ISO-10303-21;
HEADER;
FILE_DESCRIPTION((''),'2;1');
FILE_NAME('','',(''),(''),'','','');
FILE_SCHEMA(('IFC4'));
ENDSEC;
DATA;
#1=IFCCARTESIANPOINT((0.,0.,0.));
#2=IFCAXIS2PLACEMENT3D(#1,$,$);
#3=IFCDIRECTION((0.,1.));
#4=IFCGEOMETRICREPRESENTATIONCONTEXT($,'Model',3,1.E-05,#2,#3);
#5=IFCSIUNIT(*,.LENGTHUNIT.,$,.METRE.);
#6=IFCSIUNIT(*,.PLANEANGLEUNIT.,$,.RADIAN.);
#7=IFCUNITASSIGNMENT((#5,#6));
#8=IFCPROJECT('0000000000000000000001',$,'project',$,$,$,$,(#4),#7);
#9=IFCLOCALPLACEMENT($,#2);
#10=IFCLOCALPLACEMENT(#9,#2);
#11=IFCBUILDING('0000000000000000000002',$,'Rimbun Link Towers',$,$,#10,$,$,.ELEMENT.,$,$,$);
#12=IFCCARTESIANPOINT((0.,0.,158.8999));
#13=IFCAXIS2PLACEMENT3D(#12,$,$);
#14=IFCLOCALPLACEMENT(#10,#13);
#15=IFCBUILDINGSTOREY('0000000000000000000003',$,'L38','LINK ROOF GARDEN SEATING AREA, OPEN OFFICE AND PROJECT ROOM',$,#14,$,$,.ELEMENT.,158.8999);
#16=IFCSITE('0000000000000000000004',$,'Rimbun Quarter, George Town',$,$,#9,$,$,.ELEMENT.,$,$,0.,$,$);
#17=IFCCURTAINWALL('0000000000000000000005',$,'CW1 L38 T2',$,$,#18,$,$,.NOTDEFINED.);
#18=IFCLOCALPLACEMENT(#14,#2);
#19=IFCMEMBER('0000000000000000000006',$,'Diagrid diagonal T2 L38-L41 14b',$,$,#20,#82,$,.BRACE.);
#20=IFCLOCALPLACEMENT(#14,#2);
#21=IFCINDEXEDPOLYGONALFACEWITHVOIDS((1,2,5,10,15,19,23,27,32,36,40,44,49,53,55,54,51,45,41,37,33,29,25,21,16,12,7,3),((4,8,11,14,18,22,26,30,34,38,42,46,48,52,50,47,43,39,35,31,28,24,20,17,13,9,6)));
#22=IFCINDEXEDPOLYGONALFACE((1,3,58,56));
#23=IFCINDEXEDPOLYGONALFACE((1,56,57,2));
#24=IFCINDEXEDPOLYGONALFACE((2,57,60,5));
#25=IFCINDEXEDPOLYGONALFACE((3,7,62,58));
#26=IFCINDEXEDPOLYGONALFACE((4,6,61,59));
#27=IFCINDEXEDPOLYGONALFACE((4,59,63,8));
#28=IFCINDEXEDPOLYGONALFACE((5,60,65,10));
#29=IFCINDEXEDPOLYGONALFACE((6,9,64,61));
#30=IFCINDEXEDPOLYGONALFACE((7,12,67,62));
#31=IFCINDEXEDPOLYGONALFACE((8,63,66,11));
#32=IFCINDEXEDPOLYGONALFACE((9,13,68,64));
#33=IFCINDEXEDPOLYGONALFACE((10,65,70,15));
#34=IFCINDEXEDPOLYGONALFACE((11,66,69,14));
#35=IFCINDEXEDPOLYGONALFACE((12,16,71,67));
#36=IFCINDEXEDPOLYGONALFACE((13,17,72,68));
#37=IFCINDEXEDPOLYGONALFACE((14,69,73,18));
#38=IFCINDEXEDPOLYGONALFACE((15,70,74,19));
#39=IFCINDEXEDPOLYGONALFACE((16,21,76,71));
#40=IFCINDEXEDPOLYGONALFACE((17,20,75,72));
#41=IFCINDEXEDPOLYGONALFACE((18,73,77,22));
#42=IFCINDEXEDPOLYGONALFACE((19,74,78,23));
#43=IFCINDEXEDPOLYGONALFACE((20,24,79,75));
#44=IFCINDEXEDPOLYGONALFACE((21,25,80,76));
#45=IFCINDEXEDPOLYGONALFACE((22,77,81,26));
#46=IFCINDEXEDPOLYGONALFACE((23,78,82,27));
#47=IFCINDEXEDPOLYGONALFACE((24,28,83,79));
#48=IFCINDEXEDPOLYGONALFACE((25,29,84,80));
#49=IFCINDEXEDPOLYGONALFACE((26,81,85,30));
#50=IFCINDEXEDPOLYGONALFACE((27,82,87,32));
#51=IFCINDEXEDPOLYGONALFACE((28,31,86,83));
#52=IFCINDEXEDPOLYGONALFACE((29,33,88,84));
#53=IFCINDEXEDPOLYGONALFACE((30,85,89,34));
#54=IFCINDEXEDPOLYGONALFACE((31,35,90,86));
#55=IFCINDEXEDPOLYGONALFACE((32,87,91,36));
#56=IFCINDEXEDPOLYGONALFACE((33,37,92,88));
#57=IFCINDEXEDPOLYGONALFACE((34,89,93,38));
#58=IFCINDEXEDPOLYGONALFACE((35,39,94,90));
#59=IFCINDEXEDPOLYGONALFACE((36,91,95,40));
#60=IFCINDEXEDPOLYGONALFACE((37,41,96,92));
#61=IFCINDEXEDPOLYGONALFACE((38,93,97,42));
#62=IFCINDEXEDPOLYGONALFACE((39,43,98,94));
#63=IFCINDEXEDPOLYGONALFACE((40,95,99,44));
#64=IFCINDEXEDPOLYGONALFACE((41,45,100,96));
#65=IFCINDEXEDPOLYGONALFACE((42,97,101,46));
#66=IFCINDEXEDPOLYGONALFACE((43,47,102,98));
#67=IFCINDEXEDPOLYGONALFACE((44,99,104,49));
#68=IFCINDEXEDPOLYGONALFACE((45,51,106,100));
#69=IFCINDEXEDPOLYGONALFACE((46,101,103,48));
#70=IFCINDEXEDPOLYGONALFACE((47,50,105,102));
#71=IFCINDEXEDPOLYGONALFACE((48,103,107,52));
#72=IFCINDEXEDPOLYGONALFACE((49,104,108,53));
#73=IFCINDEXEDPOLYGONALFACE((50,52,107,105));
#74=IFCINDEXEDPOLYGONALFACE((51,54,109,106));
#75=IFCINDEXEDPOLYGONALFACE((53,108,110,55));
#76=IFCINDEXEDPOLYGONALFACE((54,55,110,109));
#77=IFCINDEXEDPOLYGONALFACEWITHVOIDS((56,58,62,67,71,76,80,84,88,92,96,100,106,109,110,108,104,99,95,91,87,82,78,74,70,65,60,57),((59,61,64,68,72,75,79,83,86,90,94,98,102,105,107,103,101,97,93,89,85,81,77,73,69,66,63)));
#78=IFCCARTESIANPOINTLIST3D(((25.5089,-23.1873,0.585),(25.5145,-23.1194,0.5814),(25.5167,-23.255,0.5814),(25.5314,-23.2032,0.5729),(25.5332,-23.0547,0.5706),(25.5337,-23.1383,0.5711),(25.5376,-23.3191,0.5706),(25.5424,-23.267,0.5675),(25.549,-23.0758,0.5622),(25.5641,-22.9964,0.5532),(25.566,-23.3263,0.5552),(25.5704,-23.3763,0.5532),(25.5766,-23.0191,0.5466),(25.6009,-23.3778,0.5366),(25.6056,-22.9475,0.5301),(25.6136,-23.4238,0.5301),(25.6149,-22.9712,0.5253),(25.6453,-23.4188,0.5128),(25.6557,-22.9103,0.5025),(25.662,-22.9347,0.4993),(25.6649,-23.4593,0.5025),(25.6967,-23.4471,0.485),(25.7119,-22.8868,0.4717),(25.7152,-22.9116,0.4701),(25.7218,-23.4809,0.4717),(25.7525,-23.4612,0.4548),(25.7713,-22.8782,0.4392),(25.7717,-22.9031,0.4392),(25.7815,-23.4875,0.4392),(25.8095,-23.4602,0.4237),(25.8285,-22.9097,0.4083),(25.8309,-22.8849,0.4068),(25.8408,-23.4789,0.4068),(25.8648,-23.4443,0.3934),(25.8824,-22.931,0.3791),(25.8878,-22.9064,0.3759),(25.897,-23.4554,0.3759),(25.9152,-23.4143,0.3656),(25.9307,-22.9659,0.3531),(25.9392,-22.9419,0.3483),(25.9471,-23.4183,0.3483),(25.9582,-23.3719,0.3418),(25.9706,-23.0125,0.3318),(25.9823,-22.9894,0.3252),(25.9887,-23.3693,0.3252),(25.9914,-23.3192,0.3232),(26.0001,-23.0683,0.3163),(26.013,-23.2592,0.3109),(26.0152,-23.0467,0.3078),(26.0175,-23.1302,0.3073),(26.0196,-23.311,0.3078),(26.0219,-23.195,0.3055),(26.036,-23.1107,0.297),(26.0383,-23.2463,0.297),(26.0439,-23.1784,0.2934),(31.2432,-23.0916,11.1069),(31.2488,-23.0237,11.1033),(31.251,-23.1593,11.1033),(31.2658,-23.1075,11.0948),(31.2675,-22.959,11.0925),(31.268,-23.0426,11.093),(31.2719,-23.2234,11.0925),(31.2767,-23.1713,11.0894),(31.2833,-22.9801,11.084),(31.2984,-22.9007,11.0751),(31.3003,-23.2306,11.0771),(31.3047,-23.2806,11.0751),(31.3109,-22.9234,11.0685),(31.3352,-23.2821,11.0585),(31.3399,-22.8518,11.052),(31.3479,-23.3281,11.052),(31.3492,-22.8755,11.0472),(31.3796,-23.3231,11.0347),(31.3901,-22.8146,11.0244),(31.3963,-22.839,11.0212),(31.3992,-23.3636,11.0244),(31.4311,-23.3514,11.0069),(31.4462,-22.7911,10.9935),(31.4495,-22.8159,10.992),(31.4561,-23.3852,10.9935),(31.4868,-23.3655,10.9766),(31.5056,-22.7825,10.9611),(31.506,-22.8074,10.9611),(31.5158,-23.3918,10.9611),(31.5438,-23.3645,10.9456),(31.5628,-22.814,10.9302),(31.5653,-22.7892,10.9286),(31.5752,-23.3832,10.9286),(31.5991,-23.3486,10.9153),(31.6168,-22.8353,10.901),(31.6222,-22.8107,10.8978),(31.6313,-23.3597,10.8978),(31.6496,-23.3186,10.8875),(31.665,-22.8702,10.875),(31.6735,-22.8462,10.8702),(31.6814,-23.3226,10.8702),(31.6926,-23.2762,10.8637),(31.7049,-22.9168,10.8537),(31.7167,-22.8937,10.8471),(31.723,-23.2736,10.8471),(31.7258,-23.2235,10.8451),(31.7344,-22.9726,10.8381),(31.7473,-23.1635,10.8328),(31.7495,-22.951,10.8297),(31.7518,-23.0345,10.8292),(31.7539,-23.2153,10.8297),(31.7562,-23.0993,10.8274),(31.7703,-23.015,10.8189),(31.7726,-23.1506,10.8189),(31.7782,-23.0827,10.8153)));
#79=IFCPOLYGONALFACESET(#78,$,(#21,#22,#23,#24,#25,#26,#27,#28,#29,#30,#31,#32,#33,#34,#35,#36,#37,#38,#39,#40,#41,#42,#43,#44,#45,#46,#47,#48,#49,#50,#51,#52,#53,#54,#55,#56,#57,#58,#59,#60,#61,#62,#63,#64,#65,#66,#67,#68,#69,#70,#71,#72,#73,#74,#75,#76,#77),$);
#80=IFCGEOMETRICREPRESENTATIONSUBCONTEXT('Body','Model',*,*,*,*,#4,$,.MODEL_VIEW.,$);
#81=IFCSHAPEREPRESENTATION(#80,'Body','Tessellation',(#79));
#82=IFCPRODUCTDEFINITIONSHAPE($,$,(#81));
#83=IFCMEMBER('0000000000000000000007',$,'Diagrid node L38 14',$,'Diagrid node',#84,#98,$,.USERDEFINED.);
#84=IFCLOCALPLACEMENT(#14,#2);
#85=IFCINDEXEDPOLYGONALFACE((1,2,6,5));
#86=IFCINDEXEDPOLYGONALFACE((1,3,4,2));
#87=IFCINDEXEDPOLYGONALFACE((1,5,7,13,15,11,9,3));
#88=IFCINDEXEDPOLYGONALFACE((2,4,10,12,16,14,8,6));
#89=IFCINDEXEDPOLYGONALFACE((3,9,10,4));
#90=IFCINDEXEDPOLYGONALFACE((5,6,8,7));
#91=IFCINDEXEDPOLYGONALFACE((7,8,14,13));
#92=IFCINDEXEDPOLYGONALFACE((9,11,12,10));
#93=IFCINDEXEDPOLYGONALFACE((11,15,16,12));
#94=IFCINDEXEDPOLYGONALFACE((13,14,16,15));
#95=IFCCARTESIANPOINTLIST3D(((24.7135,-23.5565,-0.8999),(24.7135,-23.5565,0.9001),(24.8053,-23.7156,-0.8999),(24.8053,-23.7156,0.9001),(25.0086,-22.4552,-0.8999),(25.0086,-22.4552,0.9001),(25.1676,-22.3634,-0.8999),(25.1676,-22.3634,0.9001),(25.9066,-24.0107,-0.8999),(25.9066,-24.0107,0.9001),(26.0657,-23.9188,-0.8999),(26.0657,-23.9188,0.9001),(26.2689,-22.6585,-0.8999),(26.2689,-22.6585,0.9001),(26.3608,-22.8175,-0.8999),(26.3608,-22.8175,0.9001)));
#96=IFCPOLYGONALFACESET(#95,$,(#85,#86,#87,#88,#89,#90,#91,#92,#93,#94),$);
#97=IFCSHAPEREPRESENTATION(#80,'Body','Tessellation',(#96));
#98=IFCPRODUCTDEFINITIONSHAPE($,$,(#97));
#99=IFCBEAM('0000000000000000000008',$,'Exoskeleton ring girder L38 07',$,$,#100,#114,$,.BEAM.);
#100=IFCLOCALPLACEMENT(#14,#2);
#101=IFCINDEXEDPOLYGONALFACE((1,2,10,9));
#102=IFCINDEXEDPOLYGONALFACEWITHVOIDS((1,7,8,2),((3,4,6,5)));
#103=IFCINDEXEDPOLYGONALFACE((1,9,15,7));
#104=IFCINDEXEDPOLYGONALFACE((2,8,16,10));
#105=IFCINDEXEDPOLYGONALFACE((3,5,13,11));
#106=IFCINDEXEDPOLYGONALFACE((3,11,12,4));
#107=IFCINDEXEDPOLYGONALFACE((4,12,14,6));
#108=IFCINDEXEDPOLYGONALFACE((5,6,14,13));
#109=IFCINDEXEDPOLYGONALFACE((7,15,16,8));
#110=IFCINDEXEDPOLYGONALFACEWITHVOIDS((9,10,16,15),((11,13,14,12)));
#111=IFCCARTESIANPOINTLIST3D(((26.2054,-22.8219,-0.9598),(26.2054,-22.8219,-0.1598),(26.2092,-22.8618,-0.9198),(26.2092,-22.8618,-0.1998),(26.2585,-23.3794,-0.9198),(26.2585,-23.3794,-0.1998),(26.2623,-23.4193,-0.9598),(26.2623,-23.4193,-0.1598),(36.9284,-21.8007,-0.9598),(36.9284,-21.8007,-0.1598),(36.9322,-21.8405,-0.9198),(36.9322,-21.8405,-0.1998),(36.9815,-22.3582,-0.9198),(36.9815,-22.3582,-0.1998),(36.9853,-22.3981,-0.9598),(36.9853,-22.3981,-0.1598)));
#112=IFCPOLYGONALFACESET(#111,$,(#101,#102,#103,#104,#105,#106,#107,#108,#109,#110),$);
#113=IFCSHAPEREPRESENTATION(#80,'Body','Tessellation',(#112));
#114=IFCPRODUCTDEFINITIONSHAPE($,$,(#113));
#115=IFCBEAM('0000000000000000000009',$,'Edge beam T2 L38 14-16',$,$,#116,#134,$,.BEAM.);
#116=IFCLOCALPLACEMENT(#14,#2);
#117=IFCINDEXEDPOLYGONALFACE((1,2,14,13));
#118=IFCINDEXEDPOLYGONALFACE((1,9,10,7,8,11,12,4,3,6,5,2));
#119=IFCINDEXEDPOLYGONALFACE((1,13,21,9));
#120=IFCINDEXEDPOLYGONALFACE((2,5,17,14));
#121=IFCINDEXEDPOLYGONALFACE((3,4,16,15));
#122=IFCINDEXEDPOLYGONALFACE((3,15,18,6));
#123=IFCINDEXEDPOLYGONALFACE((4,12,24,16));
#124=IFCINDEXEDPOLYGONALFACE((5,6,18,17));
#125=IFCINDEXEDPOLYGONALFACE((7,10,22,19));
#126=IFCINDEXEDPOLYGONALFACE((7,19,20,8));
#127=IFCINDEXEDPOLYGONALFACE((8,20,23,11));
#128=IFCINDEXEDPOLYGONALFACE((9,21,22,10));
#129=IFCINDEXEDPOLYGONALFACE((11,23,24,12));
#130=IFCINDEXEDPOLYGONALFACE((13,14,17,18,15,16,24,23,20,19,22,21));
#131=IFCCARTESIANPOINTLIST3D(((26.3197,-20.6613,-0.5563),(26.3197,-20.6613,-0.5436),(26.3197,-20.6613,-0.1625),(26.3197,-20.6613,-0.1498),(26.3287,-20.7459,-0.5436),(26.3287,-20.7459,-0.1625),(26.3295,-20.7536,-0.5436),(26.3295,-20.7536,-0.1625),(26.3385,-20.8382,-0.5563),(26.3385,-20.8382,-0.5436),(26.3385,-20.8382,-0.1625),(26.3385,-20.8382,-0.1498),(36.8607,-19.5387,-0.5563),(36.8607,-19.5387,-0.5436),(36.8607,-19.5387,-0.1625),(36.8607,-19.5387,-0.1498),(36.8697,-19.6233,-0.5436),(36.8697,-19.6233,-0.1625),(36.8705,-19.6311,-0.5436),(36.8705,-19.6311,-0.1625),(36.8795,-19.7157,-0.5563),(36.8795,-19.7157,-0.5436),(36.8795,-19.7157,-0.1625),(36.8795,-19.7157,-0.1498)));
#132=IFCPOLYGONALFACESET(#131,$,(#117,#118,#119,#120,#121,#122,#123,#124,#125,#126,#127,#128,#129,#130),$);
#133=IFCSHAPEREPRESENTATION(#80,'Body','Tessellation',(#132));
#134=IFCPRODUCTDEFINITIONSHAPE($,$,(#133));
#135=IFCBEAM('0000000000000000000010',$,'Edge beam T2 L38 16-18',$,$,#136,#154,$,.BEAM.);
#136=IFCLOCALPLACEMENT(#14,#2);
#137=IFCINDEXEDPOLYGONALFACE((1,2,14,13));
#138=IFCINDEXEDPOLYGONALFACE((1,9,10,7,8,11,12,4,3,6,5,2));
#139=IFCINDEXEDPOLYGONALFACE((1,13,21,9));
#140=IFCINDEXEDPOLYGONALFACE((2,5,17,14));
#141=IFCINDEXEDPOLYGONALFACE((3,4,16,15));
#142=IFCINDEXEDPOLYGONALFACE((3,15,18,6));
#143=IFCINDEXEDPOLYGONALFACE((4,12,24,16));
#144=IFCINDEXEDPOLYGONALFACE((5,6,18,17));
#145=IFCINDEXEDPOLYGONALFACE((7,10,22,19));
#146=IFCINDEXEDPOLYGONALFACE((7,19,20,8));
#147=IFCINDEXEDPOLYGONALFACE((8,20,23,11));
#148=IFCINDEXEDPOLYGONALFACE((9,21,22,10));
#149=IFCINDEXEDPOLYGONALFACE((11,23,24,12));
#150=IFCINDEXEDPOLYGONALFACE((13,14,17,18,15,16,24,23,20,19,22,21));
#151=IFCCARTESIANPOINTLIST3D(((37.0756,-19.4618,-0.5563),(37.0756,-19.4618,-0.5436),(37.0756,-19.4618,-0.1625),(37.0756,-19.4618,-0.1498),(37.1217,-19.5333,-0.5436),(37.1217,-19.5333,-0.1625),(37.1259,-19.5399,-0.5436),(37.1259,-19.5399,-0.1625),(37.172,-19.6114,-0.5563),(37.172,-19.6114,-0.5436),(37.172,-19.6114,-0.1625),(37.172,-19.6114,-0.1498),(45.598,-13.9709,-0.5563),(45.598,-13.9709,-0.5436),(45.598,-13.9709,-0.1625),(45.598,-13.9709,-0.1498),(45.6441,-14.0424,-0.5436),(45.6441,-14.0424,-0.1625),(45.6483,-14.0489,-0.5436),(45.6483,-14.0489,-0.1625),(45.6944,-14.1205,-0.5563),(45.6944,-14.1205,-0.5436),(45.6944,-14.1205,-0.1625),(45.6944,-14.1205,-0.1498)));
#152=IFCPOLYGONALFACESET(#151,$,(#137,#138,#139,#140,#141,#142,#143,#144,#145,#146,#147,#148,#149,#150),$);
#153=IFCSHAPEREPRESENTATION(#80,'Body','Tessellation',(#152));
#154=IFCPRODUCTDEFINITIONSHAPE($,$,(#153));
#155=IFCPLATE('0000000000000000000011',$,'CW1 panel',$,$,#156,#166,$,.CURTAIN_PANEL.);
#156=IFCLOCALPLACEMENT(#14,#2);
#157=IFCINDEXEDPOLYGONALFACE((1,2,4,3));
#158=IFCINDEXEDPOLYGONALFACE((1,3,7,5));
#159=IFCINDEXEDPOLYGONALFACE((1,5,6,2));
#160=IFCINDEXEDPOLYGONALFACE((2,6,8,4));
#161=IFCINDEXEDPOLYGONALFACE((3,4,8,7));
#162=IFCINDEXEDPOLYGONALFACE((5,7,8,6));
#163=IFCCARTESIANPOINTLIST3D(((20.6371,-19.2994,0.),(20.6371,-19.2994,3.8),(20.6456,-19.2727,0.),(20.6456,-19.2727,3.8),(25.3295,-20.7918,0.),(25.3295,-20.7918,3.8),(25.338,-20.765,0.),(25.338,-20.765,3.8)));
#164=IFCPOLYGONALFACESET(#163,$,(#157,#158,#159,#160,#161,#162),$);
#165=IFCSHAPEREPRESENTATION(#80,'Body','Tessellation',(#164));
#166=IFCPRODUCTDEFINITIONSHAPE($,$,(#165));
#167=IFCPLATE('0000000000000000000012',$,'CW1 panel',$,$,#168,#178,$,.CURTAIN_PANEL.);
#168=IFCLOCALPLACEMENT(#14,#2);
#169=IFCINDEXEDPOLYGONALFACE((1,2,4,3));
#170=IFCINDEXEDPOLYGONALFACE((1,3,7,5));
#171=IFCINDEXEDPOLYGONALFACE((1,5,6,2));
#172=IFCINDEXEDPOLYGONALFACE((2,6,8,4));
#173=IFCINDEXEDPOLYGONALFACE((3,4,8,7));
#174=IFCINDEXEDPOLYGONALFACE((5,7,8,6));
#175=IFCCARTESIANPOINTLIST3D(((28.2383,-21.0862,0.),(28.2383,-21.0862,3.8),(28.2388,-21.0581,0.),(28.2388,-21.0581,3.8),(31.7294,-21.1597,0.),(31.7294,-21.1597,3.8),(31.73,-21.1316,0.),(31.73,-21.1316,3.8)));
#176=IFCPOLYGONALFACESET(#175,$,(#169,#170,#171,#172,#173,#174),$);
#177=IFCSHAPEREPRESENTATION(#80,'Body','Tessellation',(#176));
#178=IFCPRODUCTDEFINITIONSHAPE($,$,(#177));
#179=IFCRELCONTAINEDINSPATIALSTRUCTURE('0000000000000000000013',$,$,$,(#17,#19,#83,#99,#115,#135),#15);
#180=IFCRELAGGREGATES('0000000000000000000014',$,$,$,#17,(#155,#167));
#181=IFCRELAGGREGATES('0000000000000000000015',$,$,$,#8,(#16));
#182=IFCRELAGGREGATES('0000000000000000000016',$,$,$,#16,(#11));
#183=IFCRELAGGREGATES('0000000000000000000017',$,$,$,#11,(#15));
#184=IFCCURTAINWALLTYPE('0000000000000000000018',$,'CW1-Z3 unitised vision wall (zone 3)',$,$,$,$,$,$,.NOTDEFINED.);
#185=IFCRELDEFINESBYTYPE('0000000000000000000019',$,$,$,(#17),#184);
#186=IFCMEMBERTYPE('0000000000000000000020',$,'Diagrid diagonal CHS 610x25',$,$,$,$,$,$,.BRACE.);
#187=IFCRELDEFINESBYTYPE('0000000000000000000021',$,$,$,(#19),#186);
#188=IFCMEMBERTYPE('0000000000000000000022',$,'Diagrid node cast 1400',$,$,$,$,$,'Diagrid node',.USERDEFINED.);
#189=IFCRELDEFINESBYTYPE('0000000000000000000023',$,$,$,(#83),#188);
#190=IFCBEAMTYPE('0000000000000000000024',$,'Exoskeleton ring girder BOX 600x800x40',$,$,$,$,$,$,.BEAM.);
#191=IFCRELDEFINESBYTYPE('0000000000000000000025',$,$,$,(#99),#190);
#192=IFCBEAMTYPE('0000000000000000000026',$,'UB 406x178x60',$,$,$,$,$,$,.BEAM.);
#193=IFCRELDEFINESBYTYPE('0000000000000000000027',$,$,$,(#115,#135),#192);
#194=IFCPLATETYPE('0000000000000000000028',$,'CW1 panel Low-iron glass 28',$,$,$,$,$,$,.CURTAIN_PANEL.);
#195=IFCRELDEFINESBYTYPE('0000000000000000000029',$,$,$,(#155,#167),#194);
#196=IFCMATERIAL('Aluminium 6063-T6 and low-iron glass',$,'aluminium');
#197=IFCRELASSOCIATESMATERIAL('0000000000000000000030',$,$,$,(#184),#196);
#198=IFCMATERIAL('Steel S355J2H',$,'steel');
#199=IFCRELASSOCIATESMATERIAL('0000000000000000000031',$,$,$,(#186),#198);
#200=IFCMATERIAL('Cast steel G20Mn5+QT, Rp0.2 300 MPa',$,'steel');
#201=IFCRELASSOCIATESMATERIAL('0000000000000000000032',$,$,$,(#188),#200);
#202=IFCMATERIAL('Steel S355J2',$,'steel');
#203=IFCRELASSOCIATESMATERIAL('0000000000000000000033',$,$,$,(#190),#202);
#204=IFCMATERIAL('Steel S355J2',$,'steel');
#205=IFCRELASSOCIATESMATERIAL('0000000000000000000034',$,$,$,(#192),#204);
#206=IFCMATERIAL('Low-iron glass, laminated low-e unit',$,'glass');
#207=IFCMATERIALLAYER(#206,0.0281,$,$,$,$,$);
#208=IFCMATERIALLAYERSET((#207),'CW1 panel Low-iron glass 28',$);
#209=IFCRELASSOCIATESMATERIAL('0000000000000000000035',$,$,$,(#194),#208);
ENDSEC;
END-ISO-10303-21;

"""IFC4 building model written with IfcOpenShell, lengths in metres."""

from ifc_helpers import new_model, si_unit, direction, frame, origin, origin_2d, place, context, subcontext, project, spatial, polyline, rectangle, hollow_rectangle, hollow_circle, i_section, outline, extrude, material, layer, layer_set, material_profile, profile_set, type_object, element, aggregate, save


model = new_model("IFC4")

# Units and contexts
model_context = context("Model", 3, precision=1e-05, world=origin(), true_north=direction((0.0, 1.0)))
body_context = subcontext(model_context, "Body", "Model", "MODEL_VIEW")
ifc_project = project(units=[si_unit("LENGTHUNIT", "METRE"), si_unit("PLANEANGLEUNIT", "RADIAN")], contexts=[model_context])

# Site, building, storey
site_placement = place(None, origin())
site = spatial("IfcSite", under=ifc_project, at=site_placement, Name="Rimbun Quarter, George Town", CompositionType="ELEMENT", RefElevation=0.0)
building_placement = place(site_placement, origin())
building = spatial("IfcBuilding", under=site, at=building_placement, Name="Rimbun Link Towers", CompositionType="ELEMENT")
storey_placement = place(building_placement, frame((0.0, 0.0, 158.8999)))
storey = spatial("IfcBuildingStorey", under=building, at=storey_placement, Name="L38", Description="LINK ROOF GARDEN SEATING AREA, OPEN OFFICE AND PROJECT ROOM", CompositionType="ELEMENT", Elevation=158.8999)

# Curtain wall
ifc_material_1 = material(Name="Aluminium 6063-T6 and low-iron glass", Category="aluminium")
curtain_wall_type = type_object("IfcCurtainWallType", Name="CW1-Z3 unitised vision wall (zone 3)", PredefinedType="NOTDEFINED", material=ifc_material_1)
curtain_wall_placement = place(storey_placement, origin())
curtain_wall = element("IfcCurtainWall", 1, at=curtain_wall_placement, inside=storey, type_object=curtain_wall_type, Name="CW1 L38 T2", PredefinedType="NOTDEFINED")

# Members
ifc_material_2 = material(Name="Steel S355J2H", Category="steel")
ifc_material_profile_1 = material_profile(ifc_material_2, hollow_circle(Radius=0.3047, WallThickness=0.0249, at=origin_2d()), Name="Diagrid diagonal CHS 610x25")
ifc_profile_set_1 = profile_set([ifc_material_profile_1], Name="Steel S355J2H")
member_type_1 = type_object("IfcMemberType", Name="Diagrid diagonal CHS 610x25", PredefinedType="BRACE", material=ifc_profile_set_1)
member_1_placement = place(storey_placement, frame((25.7764, -23.1829, 0.4392), z_axis=(0.478523, 0.007986, 0.878039), x_axis=(-0.016687, 0.999861, 0.0)))
element("IfcMember", 2, at=member_1_placement, inside=storey, type_object=member_type_1, Name="Diagrid diagonal T2 L38-L41 14b", PredefinedType="BRACE", context=body_context, shape_type="SweptSolid", body=[
    extrude(hollow_circle(Radius=0.3047, WallThickness=0.0249, at=origin_2d()), origin(), (0.0, 0.0, 1.0), 11.9834),
])
ifc_material_3 = material(Name="Cast steel G20Mn5+QT, Rp0.2 300 MPa", Category="steel")
ifc_material_profile_2 = material_profile(ifc_material_3, outline(polyline([(0.7, -0.5701), (0.7, 0.5701), (0.5701, 0.7), (-0.5701, 0.7), (-0.7, 0.5701), (-0.7, -0.5701), (-0.5701, -0.7), (0.5701, -0.7), (0.7, -0.5701)])), Name="NODE 1400x1400")
ifc_profile_set_2 = profile_set([ifc_material_profile_2], Name="Cast steel G20Mn5+QT, Rp0.2 300 MPa")
member_type_2 = type_object("IfcMemberType", Name="Diagrid node cast 1400", ElementType="Diagrid node", PredefinedType="USERDEFINED", material=ifc_profile_set_2)
member_2_placement = place(storey_placement, frame((25.5371, -23.187, -0.8999), z_axis=(0.0, 0.0, 1.0), x_axis=(-0.258819, -0.965926, 0.0)))
element("IfcMember", 3, at=member_2_placement, inside=storey, type_object=member_type_2, Name="Diagrid node L38 14", ObjectType="Diagrid node", PredefinedType="USERDEFINED", context=body_context, shape_type="SweptSolid", body=[
    extrude(outline(polyline([(0.7, -0.5701), (0.7, 0.5701), (0.5701, 0.7), (-0.5701, 0.7), (-0.7, 0.5701), (-0.7, -0.5701), (-0.5701, -0.7), (0.5701, -0.7), (0.7, -0.5701)])), origin(), (0.0, 0.0, 1.0), 1.8),
])

# Beams
ifc_material_4 = material(Name="Steel S355J2", Category="steel")
ifc_material_profile_3 = material_profile(ifc_material_4, hollow_rectangle(XDim=0.6001, YDim=0.8, WallThickness=0.04, at=origin_2d()), Name="Exoskeleton ring girder BOX 600x800x40")
ifc_profile_set_3 = profile_set([ifc_material_profile_3], Name="Steel S355J2")
beam_type_1 = type_object("IfcBeamType", Name="Exoskeleton ring girder BOX 600x800x40", PredefinedType="BEAM", material=ifc_profile_set_3)
beam_1_placement = place(storey_placement, frame((26.2339, -23.1206, -0.5598), z_axis=(0.995495, 0.09481, 0.0), x_axis=(-0.09481, 0.995495, 0.0)))
element("IfcBeam", 4, at=beam_1_placement, inside=storey, type_object=beam_type_1, Name="Exoskeleton ring girder L38 07", PredefinedType="BEAM", context=body_context, shape_type="SweptSolid", body=[
    extrude(hollow_rectangle(XDim=0.6001, YDim=0.8, WallThickness=0.04, at=origin_2d()), origin(), (0.0, 0.0, 1.0), 10.7715),
])
ifc_material_5 = material(Name="Steel S355J2", Category="steel")
ifc_material_profile_4 = material_profile(ifc_material_5, i_section(OverallWidth=0.178, OverallDepth=0.4065, WebThickness=0.0078, FlangeThickness=0.0127, at=origin_2d()), Name="UB 406x178x60")
ifc_profile_set_4 = profile_set([ifc_material_profile_4], Name="Steel S355J2")
beam_type_2 = type_object("IfcBeamType", Name="UB 406x178x60", PredefinedType="BEAM", material=ifc_profile_set_4)
beam_2_placement = place(storey_placement, frame((26.3291, -20.7498, -0.353), z_axis=(0.994377, 0.105896, 0.0), x_axis=(-0.105896, 0.994377, 0.0)))
element("IfcBeam", 5, at=beam_2_placement, inside=storey, type_object=beam_type_2, Name="Edge beam T2 L38 14-16", PredefinedType="BEAM", context=body_context, shape_type="SweptSolid", body=[
    extrude(i_section(OverallWidth=0.178, OverallDepth=0.4065, WebThickness=0.0078, FlangeThickness=0.0127, at=origin_2d()), origin(), (0.0, 0.0, 1.0), 10.6006),
])
beam_3_placement = place(storey_placement, frame((37.1238, -19.5366, -0.353), z_axis=(0.840629, 0.541612, 0.0), x_axis=(-0.541612, 0.840629, 0.0)))
element("IfcBeam", 6, at=beam_3_placement, inside=storey, type_object=beam_type_2, Name="Edge beam T2 L38 16-18", PredefinedType="BEAM", context=body_context, shape_type="SweptSolid", body=[
    extrude(i_section(OverallWidth=0.178, OverallDepth=0.4065, WebThickness=0.0078, FlangeThickness=0.0127, at=origin_2d()), origin(), (0.0, 0.0, 1.0), 10.1382),
])

# Plates
ifc_material_6 = material(Name="Low-iron glass, laminated low-e unit", Category="glass")
ifc_layer_1 = layer(ifc_material_6, 0.0281)
ifc_layer_set_1 = layer_set([ifc_layer_1], Name="CW1 panel Low-iron glass 28")
plate_type = type_object("IfcPlateType", Name="CW1 panel Low-iron glass 28", PredefinedType="CURTAIN_PANEL", material=ifc_layer_set_1)
plate_1_placement = place(storey_placement, frame((22.9875, -20.0322, 0.0), z_axis=(0.0, 0.0, 1.0), x_axis=(-0.952965, 0.303082, 0.0)))
plate_1 = element("IfcPlate", 7, at=plate_1_placement, type_object=plate_type, Name="CW1 panel", PredefinedType="CURTAIN_PANEL", context=body_context, shape_type="SweptSolid", body=[
    extrude(rectangle(XDim=4.9241, YDim=0.0281, at=origin_2d()), origin(), (0.0, 0.0, 1.0), 3.8),
])
plate_2_placement = place(storey_placement, frame((29.9841, -21.1089, 0.0), z_axis=(0.0, 0.0, 1.0), x_axis=(-0.999778, 0.021059, 0.0)))
plate_2 = element("IfcPlate", 8, at=plate_2_placement, type_object=plate_type, Name="CW1 panel", PredefinedType="CURTAIN_PANEL", context=body_context, shape_type="SweptSolid", body=[
    extrude(rectangle(XDim=3.4919, YDim=0.0281, at=origin_2d()), origin(), (0.0, 0.0, 1.0), 3.8),
])
aggregate(curtain_wall, [plate_1, plate_2])

save(model, "model.ifc")
